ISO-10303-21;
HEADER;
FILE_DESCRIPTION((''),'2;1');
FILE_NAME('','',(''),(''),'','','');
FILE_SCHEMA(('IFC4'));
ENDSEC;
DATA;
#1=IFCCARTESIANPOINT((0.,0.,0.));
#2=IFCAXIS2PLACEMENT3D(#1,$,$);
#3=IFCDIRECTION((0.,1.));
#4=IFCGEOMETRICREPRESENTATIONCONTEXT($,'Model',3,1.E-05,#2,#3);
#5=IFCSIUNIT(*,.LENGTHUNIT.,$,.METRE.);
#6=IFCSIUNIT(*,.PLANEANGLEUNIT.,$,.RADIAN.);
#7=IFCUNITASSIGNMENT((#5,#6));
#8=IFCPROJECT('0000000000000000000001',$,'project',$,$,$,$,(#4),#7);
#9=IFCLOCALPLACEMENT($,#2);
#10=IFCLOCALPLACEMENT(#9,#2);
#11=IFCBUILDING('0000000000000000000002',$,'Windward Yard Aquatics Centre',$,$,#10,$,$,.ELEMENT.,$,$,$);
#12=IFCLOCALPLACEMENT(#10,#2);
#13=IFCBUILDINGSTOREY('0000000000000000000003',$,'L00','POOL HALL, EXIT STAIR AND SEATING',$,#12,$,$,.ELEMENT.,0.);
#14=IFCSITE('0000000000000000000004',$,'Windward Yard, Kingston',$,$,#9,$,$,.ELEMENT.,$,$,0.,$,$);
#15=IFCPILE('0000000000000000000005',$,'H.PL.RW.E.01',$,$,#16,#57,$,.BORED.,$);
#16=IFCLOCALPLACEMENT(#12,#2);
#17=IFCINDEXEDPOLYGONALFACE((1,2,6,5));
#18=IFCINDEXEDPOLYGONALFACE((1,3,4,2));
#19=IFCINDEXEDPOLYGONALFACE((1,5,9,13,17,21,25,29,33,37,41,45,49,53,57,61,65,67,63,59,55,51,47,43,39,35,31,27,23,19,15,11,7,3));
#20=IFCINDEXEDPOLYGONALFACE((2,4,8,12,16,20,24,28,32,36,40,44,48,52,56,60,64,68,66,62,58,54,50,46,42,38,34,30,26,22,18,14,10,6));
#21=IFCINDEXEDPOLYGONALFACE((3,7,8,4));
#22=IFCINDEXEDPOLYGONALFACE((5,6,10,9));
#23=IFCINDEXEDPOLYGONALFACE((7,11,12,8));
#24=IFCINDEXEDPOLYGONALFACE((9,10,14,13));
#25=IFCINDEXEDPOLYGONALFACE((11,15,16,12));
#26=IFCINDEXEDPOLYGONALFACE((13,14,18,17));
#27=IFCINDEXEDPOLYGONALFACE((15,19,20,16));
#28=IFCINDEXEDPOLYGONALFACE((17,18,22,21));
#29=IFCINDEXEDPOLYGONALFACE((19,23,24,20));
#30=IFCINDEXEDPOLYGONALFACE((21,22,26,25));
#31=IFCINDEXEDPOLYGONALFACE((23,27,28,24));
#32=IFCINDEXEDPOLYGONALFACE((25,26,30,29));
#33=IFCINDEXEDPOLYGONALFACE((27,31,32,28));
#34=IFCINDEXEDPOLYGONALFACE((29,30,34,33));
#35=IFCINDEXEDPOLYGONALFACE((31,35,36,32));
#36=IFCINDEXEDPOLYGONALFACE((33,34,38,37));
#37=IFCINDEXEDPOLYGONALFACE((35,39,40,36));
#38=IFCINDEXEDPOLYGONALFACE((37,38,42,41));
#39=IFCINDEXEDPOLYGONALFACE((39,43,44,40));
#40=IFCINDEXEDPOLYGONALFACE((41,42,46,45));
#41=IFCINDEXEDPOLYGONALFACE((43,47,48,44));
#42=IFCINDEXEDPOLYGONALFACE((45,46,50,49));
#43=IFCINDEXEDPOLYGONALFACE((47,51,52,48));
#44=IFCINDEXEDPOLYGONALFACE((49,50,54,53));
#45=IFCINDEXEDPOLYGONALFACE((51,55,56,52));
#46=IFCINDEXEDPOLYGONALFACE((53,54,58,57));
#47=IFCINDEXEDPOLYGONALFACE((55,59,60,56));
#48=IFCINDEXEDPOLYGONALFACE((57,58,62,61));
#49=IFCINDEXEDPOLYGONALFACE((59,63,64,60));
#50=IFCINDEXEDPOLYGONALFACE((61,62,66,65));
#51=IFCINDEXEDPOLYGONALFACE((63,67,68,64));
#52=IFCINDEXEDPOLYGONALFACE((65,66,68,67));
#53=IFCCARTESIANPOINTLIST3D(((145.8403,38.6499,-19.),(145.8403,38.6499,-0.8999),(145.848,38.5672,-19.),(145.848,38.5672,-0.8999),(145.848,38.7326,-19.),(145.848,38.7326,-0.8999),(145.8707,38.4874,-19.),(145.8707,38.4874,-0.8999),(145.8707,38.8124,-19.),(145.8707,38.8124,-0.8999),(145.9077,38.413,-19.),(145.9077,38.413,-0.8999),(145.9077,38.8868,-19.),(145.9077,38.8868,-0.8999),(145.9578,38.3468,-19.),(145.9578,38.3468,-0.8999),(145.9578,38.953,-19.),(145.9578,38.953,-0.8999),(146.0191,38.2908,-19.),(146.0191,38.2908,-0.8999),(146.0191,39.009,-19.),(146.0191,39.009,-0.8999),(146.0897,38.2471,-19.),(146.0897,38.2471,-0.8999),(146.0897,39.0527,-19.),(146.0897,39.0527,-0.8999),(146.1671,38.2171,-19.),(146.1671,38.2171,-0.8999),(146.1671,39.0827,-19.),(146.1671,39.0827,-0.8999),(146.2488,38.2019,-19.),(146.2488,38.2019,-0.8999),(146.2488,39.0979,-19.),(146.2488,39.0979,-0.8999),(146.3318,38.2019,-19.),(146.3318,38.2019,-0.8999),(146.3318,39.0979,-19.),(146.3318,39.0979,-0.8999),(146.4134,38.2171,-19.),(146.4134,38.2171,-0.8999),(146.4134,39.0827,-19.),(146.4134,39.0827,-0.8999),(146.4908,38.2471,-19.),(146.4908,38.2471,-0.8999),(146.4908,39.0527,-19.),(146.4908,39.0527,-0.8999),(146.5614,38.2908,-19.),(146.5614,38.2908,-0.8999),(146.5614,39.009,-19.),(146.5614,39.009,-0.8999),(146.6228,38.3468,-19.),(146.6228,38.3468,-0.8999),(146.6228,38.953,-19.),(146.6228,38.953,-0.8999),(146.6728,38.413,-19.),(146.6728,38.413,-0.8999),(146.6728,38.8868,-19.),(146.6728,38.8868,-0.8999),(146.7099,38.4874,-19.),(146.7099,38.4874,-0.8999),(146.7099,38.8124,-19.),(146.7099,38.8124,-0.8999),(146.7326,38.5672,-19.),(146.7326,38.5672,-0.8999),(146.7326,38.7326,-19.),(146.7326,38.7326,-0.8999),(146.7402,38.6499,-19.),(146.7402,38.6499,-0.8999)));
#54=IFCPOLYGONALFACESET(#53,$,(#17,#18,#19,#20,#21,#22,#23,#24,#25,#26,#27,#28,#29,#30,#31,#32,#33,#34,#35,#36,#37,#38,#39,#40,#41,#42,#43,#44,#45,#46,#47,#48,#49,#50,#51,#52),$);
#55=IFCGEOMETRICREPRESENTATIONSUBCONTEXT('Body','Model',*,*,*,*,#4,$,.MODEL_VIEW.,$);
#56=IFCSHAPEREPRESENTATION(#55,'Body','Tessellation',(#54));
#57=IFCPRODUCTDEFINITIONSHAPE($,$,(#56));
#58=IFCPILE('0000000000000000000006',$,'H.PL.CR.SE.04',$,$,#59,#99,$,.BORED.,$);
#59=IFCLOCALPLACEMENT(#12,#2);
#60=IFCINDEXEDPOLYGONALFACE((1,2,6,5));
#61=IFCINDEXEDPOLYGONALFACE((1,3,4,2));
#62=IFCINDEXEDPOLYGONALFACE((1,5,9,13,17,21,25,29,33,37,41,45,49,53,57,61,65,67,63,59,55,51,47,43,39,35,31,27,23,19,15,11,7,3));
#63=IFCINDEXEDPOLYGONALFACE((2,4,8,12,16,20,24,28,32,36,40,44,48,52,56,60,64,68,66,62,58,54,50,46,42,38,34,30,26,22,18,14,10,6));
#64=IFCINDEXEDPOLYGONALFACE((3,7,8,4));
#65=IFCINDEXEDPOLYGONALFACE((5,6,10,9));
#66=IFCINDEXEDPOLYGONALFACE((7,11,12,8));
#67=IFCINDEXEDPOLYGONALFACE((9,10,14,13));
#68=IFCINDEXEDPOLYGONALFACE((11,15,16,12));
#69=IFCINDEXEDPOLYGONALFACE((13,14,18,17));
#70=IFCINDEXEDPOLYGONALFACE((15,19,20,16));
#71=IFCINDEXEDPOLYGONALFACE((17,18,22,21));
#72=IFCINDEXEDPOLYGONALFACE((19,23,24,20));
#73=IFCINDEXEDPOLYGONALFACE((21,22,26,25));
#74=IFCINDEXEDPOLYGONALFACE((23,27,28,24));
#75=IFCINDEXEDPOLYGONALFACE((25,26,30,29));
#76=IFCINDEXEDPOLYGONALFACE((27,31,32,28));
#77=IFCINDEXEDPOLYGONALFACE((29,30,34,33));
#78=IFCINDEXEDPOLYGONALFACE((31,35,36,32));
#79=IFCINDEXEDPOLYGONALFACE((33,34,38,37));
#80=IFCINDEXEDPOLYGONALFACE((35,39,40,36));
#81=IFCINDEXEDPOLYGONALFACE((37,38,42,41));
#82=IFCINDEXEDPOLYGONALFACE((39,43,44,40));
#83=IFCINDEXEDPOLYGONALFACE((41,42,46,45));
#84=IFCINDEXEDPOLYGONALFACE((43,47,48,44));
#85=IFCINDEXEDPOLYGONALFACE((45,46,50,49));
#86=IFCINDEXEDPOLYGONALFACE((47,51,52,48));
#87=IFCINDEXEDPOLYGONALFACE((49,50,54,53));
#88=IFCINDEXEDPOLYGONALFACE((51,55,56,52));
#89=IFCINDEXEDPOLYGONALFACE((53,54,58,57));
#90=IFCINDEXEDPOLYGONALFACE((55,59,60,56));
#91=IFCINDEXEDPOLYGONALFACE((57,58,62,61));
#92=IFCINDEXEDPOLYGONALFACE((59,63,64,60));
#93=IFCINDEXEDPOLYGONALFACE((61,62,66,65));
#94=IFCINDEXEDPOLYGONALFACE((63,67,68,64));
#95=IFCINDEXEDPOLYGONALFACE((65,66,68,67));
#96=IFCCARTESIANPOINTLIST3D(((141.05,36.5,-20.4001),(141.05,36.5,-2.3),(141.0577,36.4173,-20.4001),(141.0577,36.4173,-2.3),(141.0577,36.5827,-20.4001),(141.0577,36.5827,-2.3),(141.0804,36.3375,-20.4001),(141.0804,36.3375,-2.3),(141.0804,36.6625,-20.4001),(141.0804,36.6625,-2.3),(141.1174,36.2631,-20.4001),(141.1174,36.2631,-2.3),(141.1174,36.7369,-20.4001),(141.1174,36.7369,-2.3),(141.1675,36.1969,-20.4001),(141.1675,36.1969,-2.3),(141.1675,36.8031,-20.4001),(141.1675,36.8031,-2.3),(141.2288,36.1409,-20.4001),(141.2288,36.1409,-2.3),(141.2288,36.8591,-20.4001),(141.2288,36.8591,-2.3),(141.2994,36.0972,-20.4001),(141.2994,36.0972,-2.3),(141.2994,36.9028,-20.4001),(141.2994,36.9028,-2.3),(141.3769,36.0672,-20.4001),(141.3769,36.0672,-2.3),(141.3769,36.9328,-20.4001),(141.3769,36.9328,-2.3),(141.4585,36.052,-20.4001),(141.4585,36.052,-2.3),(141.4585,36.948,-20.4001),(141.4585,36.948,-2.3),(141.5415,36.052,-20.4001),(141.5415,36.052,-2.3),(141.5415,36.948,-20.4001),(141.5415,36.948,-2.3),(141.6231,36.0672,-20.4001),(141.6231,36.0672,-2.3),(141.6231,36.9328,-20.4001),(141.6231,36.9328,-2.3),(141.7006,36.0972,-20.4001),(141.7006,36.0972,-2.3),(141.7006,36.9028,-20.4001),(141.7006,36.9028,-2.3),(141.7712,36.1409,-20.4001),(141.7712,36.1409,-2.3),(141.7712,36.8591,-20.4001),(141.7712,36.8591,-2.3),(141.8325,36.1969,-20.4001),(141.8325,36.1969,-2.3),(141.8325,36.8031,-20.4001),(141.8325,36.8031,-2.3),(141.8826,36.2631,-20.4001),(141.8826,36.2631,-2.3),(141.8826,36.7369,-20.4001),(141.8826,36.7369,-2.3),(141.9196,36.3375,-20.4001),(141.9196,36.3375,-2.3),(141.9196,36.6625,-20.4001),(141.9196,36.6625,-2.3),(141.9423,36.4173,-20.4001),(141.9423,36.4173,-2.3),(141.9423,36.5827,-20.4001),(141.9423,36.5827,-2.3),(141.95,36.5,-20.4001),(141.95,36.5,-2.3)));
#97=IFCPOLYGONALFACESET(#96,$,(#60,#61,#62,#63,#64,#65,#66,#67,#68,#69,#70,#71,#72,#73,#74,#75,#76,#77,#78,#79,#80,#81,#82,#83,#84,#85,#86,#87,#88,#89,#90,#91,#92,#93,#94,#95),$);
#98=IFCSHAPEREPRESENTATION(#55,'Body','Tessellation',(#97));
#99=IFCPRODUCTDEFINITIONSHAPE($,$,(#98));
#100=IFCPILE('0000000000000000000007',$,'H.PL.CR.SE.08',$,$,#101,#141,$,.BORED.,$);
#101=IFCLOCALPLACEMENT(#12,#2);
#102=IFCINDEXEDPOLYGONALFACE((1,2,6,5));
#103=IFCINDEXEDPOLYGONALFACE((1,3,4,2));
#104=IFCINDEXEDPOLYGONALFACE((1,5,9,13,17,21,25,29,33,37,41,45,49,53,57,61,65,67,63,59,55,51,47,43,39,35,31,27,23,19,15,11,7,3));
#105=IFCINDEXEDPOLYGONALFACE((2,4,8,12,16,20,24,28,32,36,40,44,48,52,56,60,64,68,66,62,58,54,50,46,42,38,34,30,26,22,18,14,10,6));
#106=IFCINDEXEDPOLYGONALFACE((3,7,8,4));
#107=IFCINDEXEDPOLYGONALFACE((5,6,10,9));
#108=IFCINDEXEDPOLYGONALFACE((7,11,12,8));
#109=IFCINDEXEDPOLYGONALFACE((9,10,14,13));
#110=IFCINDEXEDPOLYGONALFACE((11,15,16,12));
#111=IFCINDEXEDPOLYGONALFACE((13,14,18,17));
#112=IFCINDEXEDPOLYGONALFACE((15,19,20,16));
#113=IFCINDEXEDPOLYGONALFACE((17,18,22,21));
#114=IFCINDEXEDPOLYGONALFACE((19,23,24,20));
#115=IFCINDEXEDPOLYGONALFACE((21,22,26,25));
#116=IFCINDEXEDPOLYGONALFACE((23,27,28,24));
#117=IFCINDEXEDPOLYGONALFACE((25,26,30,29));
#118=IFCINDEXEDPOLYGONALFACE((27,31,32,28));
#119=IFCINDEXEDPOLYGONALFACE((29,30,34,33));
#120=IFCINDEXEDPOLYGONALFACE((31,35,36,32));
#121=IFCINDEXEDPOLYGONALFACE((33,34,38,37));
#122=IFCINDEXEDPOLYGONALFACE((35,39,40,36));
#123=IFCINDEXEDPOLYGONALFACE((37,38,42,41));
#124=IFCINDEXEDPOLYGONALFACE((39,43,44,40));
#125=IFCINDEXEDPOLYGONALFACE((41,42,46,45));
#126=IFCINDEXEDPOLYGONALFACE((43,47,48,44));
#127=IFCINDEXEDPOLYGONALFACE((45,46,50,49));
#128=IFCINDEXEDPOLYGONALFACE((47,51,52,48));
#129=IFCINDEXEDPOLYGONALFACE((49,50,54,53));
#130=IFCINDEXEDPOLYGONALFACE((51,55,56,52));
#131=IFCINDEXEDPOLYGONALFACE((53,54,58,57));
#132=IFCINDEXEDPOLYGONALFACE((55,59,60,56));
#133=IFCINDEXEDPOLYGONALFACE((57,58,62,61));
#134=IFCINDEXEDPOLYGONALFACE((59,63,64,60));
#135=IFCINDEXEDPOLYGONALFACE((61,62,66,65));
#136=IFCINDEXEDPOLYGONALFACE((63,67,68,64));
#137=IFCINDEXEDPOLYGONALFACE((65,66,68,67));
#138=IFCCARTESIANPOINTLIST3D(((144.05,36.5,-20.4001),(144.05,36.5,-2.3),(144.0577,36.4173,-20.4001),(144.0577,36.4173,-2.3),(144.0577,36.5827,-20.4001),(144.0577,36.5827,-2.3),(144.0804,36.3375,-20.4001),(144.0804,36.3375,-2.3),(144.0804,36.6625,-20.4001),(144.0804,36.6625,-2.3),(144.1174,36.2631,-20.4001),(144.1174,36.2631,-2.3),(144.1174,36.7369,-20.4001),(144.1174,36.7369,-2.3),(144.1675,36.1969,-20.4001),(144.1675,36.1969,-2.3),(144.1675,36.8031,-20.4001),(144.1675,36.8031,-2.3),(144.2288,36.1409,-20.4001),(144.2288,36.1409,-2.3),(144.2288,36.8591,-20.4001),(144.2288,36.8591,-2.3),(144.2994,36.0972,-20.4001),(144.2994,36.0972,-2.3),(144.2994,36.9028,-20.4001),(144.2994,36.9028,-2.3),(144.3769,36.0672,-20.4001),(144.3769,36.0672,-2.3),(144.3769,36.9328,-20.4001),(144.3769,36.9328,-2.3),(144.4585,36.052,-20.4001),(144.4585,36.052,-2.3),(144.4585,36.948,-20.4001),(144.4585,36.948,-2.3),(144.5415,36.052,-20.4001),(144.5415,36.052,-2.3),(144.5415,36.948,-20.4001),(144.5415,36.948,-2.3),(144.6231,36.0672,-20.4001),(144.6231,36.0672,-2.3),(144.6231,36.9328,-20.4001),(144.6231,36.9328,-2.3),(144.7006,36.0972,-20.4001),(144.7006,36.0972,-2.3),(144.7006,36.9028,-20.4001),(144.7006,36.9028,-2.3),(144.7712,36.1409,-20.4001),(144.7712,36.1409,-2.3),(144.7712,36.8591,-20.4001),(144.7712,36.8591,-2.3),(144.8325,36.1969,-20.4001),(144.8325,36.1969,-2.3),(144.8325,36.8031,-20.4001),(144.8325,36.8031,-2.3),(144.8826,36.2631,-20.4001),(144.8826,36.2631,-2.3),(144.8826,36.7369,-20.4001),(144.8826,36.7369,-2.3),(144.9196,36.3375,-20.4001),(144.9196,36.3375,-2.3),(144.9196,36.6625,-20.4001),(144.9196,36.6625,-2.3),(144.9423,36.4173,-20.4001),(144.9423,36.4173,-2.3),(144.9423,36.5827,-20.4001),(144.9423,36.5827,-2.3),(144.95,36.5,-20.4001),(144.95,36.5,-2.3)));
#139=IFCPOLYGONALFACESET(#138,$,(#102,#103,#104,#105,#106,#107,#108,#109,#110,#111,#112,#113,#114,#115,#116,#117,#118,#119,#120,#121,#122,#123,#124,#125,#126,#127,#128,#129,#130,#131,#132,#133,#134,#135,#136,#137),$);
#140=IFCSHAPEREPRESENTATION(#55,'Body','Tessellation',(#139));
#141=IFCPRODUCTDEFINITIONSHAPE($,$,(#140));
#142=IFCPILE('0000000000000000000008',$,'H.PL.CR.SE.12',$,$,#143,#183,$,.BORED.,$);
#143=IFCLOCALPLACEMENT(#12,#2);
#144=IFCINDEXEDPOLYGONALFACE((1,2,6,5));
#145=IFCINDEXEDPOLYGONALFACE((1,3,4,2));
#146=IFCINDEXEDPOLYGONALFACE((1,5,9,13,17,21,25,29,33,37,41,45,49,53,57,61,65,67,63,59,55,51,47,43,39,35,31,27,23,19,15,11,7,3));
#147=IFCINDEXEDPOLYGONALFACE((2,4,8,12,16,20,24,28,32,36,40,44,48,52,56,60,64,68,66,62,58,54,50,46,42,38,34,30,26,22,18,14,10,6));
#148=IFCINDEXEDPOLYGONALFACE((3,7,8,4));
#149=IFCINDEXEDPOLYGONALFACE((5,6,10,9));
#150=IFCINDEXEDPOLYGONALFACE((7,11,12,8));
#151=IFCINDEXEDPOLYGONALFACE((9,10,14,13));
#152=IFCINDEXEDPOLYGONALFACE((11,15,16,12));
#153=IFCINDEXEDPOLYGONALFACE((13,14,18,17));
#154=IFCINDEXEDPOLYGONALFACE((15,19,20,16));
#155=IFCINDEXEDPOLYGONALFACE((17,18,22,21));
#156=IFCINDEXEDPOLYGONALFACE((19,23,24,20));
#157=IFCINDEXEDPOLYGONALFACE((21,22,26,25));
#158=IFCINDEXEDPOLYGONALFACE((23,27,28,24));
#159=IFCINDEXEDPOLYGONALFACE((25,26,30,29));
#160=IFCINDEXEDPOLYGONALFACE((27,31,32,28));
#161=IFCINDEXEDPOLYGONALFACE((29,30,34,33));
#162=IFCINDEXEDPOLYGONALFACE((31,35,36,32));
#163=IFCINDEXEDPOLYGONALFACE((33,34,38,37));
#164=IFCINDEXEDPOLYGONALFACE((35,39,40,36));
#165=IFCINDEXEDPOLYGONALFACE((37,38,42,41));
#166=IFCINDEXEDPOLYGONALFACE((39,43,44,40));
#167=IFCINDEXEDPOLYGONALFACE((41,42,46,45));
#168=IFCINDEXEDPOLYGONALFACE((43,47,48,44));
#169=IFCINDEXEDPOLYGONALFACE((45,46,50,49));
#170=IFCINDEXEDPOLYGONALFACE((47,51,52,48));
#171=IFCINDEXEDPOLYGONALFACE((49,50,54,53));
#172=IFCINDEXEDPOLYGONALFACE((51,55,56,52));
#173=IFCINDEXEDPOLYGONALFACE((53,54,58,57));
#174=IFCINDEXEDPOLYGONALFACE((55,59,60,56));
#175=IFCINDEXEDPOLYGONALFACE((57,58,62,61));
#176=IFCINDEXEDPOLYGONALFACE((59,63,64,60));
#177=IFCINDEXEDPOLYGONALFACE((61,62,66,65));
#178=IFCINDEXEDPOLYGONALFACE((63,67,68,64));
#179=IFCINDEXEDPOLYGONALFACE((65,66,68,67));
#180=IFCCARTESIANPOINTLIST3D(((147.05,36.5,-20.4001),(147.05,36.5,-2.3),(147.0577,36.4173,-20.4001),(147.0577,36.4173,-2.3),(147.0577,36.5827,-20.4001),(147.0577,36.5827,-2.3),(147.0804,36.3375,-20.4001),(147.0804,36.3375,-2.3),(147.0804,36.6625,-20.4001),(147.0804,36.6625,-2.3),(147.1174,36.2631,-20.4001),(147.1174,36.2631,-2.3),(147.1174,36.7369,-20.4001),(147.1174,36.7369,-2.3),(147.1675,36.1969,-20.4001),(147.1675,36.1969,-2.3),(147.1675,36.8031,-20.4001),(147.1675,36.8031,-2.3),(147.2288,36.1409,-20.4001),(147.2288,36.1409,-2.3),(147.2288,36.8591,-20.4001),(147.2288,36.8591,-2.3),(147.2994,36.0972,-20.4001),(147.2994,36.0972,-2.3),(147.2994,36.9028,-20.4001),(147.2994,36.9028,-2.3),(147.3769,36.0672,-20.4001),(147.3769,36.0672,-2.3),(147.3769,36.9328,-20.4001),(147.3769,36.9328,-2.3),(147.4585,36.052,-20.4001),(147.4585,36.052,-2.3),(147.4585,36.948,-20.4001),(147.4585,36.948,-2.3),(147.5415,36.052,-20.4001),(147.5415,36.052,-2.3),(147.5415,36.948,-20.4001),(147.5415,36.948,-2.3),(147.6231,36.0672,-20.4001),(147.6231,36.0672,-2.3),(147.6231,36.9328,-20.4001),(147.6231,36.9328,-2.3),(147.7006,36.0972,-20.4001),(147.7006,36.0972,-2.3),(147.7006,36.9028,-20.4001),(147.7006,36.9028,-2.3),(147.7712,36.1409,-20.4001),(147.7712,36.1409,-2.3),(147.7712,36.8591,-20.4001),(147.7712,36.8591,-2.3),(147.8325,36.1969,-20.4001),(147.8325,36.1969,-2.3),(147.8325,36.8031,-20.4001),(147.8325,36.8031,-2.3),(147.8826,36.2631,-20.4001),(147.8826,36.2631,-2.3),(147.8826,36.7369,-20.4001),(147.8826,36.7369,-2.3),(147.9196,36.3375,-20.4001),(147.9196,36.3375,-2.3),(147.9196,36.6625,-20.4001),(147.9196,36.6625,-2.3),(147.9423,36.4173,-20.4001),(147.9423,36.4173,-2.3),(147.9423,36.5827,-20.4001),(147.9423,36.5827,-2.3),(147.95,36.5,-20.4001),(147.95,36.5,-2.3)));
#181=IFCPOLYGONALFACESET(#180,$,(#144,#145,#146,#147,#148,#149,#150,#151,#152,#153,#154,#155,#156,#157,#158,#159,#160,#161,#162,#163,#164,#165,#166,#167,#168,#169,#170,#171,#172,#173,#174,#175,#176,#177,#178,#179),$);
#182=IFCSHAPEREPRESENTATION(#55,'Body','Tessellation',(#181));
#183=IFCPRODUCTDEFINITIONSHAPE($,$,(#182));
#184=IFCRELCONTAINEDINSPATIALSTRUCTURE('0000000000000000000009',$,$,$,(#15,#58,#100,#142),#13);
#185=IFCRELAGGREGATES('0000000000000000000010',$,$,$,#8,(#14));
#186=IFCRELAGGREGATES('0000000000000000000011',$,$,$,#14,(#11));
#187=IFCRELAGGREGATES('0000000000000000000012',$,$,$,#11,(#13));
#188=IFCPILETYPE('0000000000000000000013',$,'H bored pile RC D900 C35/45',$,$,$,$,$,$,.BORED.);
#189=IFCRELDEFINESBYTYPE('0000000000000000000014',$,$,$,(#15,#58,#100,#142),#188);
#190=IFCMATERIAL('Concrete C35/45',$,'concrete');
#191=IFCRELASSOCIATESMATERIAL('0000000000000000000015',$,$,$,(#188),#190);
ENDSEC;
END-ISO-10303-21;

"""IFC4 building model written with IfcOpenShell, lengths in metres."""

from ifc_helpers import new_model, si_unit, direction, frame, origin, origin_2d, place, context, subcontext, project, spatial, circle, extrude, material, material_profile, profile_set, type_object, element, save


model = new_model("IFC4")

# Units and contexts
model_context = context("Model", 3, precision=1e-05, world=origin(), true_north=direction((0.0, 1.0)))
body_context = subcontext(model_context, "Body", "Model", "MODEL_VIEW")
ifc_project = project(units=[si_unit("LENGTHUNIT", "METRE"), si_unit("PLANEANGLEUNIT", "RADIAN")], contexts=[model_context])

# Site, building, storey
site_placement = place(None, origin())
site = spatial("IfcSite", under=ifc_project, at=site_placement, Name="Windward Yard, Kingston", CompositionType="ELEMENT", RefElevation=0.0)
building_placement = place(site_placement, origin())
building = spatial("IfcBuilding", under=site, at=building_placement, Name="Windward Yard Aquatics Centre", CompositionType="ELEMENT")
storey_placement = place(building_placement, origin())
storey = spatial("IfcBuildingStorey", under=building, at=storey_placement, Name="L00", Description="POOL HALL, EXIT STAIR AND SEATING", CompositionType="ELEMENT", Elevation=0.0)

# Piles
ifc_material_1 = material(Name="Concrete C35/45", Category="concrete")
ifc_material_profile = material_profile(ifc_material_1, circle(Radius=0.45, at=origin_2d()), Name="RC D900")
ifc_profile_set = profile_set([ifc_material_profile], Name="Concrete C35/45")
pile_type = type_object("IfcPileType", Name="H bored pile RC D900 C35/45", PredefinedType="BORED", material=ifc_profile_set)
for number, where, z_axis, x_axis, name in (
    (1, (146.2903, 38.6499, -0.8999), (0.0, 0.0, -1.0), (1.0, 0.0, 0.0), "H.PL.RW.E.01"),
    (2, (141.5, 36.5, -2.3), (0.0, 0.0, -1.0), (1.0, 0.0, 0.0), "H.PL.CR.SE.04"),
    (3, (144.5, 36.5, -2.3), (0.0, 0.0, -1.0), (1.0, 0.0, 0.0), "H.PL.CR.SE.08"),
    (4, (147.5, 36.5, -2.3), (0.0, 0.0, -1.0), (1.0, 0.0, 0.0), "H.PL.CR.SE.12"),
):
    element("IfcPile", number, at=place(storey_placement, frame(where, z_axis=z_axis, x_axis=x_axis)), inside=storey, type_object=pile_type, Name=name, PredefinedType="BORED", context=body_context, shape_type="SweptSolid", body=[
        extrude(circle(Radius=0.45, at=origin_2d()), origin(), (0.0, 0.0, 1.0), 18.1001),
    ])

save(model, "model.ifc")
